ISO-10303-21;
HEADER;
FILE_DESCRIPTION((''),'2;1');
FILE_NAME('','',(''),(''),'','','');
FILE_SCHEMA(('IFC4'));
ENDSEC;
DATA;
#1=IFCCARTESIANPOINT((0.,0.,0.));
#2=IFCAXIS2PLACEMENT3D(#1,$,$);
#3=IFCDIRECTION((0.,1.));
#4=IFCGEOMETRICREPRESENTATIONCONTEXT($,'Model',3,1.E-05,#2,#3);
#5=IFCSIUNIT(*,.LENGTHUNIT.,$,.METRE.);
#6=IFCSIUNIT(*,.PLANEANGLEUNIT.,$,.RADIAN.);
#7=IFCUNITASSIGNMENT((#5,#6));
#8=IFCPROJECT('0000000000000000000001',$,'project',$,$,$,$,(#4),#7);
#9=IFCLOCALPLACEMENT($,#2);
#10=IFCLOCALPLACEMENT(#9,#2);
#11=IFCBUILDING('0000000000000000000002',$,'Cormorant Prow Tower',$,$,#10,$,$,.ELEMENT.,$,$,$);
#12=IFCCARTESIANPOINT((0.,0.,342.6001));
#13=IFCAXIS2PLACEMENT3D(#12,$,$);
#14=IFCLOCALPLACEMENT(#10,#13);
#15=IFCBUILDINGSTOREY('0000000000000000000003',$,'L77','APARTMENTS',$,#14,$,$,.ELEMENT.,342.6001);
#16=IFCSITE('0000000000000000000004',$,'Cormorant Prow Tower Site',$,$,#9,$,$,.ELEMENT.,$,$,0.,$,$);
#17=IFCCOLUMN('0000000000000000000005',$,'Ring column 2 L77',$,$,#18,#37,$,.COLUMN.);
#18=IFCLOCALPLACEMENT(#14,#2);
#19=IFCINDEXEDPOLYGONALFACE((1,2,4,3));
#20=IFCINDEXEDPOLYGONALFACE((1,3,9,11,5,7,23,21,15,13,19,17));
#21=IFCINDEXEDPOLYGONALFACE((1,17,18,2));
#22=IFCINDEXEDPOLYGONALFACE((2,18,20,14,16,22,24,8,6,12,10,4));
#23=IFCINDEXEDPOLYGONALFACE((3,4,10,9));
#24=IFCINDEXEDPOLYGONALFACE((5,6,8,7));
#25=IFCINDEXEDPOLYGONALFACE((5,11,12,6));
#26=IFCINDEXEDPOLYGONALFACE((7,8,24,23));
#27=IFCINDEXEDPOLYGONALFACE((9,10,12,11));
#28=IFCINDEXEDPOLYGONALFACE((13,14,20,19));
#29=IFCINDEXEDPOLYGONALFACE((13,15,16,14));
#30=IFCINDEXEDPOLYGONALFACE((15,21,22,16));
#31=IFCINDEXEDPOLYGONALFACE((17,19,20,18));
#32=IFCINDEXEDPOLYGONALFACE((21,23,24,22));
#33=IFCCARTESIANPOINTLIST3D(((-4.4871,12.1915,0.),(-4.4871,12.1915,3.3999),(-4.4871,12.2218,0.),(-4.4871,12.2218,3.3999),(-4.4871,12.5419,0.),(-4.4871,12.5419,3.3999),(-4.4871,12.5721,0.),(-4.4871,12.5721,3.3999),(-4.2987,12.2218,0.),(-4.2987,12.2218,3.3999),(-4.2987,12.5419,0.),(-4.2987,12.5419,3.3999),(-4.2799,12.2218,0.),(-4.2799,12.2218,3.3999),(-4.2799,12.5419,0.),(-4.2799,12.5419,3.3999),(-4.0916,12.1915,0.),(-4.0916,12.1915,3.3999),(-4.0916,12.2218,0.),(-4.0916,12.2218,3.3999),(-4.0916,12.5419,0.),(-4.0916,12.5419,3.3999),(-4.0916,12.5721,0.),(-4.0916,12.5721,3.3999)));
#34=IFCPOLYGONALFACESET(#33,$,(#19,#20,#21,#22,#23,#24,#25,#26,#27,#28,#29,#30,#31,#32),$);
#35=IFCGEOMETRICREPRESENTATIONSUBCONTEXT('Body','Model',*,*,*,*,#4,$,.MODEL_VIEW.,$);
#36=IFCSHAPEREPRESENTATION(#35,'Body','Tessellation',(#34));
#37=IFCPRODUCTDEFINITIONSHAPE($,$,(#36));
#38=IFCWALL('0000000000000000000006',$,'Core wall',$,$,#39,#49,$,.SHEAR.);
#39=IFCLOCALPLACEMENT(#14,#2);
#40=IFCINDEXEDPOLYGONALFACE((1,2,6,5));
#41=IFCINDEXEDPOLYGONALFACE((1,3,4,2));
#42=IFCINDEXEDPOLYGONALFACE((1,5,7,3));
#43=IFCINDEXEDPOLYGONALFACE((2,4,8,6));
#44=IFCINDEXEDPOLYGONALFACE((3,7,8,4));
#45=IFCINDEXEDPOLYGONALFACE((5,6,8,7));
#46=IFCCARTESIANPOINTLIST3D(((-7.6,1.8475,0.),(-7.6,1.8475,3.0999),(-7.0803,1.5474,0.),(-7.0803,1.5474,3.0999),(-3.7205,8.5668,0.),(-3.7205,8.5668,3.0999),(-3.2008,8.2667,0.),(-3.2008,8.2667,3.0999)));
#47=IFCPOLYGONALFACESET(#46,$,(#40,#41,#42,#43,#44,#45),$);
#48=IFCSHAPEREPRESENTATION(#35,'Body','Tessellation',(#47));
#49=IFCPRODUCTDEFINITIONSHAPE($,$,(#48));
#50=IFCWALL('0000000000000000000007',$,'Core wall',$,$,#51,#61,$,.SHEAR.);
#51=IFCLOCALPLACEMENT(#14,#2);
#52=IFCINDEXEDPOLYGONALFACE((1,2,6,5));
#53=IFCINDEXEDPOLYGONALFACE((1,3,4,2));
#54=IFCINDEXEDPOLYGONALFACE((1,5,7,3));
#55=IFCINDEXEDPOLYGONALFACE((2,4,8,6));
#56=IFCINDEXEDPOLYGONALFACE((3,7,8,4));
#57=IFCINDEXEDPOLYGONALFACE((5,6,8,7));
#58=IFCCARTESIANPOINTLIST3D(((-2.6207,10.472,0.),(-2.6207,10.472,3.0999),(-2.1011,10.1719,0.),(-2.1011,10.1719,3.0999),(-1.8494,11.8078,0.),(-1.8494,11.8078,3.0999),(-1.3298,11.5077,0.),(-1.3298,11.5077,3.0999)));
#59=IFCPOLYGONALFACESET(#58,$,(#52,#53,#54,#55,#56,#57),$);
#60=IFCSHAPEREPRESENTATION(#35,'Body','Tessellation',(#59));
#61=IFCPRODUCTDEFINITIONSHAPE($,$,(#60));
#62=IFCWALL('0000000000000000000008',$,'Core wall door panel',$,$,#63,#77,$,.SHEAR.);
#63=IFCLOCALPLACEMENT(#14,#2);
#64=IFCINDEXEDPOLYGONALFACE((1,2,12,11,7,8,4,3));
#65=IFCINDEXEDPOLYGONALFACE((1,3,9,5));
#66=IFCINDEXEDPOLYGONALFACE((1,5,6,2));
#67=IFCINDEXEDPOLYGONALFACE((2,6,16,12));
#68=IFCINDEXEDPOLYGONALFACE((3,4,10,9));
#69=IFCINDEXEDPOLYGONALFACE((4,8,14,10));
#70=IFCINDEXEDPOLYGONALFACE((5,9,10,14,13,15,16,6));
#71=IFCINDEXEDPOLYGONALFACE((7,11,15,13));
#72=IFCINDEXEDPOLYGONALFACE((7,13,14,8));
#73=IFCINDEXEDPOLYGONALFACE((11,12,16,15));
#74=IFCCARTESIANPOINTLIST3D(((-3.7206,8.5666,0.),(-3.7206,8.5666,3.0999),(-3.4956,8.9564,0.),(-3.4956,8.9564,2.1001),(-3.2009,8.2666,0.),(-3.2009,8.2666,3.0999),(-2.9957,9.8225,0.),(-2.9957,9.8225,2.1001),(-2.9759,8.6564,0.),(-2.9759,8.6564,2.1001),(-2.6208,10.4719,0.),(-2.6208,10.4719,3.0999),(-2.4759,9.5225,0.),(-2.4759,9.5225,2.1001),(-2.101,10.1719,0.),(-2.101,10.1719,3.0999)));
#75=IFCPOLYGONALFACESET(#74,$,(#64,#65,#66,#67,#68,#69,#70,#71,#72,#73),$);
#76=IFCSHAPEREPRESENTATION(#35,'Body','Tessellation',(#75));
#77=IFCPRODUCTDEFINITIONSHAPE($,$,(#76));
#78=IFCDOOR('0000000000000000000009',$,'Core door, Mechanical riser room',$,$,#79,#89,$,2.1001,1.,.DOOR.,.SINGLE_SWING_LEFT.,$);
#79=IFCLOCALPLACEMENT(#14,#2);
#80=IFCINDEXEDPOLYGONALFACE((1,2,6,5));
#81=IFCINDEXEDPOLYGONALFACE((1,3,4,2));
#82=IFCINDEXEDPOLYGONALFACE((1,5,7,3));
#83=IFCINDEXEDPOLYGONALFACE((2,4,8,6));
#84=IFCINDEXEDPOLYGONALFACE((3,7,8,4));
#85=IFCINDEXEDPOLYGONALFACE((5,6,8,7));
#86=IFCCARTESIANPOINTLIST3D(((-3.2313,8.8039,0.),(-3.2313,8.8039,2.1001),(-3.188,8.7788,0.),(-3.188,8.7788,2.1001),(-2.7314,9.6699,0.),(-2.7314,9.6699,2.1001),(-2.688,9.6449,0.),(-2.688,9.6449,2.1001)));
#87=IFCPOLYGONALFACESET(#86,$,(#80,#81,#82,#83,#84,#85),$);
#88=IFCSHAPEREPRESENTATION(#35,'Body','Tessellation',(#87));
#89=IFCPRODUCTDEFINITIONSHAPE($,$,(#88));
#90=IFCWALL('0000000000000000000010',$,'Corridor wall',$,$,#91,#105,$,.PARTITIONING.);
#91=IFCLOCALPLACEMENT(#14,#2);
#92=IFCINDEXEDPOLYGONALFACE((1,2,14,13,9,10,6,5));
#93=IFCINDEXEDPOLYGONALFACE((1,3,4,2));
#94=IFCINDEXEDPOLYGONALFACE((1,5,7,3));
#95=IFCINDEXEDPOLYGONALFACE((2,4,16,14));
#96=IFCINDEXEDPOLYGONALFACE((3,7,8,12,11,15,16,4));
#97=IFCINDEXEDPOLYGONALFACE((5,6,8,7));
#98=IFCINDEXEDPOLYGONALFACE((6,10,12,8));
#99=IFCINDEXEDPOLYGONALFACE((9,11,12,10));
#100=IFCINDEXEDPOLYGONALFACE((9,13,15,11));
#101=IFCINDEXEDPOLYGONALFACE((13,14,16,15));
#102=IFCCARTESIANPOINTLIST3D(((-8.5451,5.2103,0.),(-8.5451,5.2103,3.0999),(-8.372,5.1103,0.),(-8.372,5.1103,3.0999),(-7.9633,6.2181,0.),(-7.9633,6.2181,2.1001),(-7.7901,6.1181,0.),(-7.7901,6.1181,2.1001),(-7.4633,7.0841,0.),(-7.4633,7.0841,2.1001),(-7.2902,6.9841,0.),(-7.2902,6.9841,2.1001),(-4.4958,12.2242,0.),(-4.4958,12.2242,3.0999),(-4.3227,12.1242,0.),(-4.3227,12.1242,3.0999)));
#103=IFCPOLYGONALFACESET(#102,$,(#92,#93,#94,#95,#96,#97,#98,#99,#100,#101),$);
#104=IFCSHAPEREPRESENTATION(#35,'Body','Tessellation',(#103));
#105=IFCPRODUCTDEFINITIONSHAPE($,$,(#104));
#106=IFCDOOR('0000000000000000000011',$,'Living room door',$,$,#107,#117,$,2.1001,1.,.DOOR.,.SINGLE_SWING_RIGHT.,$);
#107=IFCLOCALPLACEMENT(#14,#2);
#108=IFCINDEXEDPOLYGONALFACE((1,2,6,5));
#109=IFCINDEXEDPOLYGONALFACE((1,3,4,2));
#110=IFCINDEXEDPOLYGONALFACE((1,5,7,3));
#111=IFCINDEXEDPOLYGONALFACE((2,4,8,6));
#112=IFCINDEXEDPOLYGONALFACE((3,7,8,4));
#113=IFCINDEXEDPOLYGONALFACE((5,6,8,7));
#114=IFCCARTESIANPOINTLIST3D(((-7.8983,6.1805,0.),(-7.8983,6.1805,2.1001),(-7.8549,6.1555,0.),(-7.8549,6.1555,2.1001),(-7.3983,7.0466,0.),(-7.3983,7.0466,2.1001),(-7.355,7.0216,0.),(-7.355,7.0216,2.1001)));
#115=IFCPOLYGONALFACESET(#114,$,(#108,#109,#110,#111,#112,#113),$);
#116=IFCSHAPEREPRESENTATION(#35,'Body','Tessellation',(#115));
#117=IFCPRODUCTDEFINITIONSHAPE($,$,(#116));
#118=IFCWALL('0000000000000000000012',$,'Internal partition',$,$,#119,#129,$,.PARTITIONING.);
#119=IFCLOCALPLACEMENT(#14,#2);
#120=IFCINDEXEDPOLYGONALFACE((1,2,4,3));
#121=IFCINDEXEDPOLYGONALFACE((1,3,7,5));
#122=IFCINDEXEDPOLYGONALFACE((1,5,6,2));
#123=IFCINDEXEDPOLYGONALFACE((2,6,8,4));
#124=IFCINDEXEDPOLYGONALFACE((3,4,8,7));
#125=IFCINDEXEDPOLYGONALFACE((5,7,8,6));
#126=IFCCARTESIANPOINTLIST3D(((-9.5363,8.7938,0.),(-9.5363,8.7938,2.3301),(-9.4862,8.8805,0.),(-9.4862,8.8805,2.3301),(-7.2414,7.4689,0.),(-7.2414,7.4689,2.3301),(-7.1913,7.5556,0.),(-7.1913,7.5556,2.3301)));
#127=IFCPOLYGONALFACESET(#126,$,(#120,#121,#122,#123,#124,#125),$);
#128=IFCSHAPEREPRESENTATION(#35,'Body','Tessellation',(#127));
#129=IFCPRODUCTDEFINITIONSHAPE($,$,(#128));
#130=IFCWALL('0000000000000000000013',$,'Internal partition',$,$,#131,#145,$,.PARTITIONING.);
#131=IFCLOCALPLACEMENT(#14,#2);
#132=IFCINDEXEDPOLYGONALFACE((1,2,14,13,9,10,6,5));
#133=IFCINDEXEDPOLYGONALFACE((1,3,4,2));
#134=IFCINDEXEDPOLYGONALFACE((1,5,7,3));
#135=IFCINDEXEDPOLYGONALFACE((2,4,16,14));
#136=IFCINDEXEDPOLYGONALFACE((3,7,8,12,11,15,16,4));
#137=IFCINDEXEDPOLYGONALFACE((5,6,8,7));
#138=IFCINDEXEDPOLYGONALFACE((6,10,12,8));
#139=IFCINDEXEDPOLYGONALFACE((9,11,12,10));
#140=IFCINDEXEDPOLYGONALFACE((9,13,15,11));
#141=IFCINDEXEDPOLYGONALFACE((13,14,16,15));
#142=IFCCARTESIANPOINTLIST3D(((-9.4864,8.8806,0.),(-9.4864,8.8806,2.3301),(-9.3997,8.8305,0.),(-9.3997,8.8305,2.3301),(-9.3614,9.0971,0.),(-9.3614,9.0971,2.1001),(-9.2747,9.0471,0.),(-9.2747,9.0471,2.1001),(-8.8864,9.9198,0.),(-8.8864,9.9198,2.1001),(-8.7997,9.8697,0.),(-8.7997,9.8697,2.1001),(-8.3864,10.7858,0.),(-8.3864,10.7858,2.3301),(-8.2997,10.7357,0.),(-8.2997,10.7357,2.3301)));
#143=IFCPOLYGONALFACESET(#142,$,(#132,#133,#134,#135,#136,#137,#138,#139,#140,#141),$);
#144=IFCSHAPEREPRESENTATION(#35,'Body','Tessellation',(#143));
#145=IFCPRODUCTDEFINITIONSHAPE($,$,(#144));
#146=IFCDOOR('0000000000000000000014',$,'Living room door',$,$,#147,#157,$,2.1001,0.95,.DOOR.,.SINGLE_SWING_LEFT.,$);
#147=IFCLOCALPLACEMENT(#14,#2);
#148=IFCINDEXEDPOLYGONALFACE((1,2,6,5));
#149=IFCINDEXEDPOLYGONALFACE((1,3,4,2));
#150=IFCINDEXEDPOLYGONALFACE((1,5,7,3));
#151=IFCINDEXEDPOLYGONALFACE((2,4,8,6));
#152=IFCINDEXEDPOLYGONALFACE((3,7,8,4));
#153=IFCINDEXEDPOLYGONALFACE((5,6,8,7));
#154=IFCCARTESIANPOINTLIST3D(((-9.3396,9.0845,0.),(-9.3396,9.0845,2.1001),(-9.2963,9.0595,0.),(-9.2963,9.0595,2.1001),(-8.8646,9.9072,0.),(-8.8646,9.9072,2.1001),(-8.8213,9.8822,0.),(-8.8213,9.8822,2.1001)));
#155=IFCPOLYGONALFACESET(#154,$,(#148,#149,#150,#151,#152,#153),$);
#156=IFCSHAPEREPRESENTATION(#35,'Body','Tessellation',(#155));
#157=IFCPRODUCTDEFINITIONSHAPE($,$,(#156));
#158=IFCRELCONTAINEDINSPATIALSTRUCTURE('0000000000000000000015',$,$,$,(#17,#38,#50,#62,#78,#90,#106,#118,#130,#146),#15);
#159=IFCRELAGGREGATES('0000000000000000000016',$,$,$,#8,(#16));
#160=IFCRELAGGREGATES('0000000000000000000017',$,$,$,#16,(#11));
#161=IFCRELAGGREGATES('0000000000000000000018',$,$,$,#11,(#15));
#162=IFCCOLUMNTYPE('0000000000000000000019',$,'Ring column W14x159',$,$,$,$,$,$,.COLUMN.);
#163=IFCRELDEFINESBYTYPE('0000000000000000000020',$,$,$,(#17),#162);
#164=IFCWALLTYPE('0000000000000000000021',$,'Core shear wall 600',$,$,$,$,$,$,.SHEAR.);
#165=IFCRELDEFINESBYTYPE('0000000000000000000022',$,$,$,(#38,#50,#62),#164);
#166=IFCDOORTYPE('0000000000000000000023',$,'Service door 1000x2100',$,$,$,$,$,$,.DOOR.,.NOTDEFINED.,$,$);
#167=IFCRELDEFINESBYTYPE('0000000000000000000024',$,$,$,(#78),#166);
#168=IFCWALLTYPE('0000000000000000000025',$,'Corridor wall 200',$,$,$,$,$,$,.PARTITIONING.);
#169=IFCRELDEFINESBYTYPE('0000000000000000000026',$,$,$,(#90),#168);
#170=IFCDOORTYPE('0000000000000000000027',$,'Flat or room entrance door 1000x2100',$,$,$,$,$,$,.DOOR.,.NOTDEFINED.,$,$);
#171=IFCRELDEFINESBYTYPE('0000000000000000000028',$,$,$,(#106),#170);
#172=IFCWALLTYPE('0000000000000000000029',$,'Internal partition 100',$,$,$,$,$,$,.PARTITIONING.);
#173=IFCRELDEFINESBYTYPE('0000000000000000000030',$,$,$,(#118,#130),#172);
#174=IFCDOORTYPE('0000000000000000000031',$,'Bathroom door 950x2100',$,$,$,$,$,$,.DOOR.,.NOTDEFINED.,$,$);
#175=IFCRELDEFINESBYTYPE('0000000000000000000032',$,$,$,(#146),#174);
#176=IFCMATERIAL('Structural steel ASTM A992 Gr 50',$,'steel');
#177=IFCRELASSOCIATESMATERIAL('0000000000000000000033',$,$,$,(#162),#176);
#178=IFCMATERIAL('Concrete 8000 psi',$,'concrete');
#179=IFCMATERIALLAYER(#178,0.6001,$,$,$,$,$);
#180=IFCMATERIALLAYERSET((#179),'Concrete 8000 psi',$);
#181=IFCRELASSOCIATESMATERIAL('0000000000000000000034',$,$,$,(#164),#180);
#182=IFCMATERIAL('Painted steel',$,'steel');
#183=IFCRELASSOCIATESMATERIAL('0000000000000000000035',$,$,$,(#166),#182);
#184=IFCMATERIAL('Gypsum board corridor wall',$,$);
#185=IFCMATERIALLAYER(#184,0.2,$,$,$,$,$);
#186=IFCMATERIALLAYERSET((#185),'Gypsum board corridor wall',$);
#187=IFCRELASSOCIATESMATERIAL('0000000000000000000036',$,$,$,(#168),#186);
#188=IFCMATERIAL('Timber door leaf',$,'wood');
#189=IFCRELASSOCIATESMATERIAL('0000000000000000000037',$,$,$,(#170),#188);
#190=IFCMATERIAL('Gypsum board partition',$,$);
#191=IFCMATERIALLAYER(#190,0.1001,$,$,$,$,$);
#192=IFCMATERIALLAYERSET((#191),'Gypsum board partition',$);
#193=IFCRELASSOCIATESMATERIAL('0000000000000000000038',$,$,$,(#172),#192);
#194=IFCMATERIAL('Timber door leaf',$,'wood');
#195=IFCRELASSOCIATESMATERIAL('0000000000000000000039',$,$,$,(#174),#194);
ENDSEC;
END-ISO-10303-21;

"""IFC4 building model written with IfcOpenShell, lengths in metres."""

from ifc_helpers import new_model, si_unit, direction, frame, frame_2d, origin, origin_2d, place, context, subcontext, project, spatial, rectangle, i_section, extrude, material, layer, layer_set, material_profile, profile_set, type_object, element, fill, save


model = new_model("IFC4")

# Units and contexts
model_context = context("Model", 3, precision=1e-05, world=origin(), true_north=direction((0.0, 1.0)))
body_context = subcontext(model_context, "Body", "Model", "MODEL_VIEW")
ifc_project = project(units=[si_unit("LENGTHUNIT", "METRE"), si_unit("PLANEANGLEUNIT", "RADIAN")], contexts=[model_context])

# Site, building, storey
site_placement = place(None, origin())
site = spatial("IfcSite", under=ifc_project, at=site_placement, Name="Cormorant Prow Tower Site", CompositionType="ELEMENT", RefElevation=0.0)
building_placement = place(site_placement, origin())
building = spatial("IfcBuilding", under=site, at=building_placement, Name="Cormorant Prow Tower", CompositionType="ELEMENT")
storey_placement = place(building_placement, frame((0.0, 0.0, 342.6001)))
storey = spatial("IfcBuildingStorey", under=building, at=storey_placement, Name="L77", Description="APARTMENTS", CompositionType="ELEMENT", Elevation=342.6001)

# Column
ifc_material_1 = material(Name="Structural steel ASTM A992 Gr 50", Category="steel")
ifc_material_profile = material_profile(ifc_material_1, i_section(OverallWidth=0.3955, OverallDepth=0.3806, WebThickness=0.0188, FlangeThickness=0.0303, at=origin_2d()), Name="W14x159")
ifc_profile_set = profile_set([ifc_material_profile], Name="Structural steel ASTM A992 Gr 50")
column_type = type_object("IfcColumnType", Name="Ring column W14x159", PredefinedType="COLUMN", material=ifc_profile_set)
column_placement = place(storey_placement, frame((-4.2893, 12.3818, 0.0), z_axis=(0.0, 0.0, 1.0), x_axis=(1.0, 0.0, 0.0)))
element("IfcColumn", 1, at=column_placement, inside=storey, type_object=column_type, Name="Ring column 2 L77", PredefinedType="COLUMN", context=body_context, shape_type="SweptSolid", body=[
    extrude(i_section(OverallWidth=0.3955, OverallDepth=0.3806, WebThickness=0.0188, FlangeThickness=0.0303, at=origin_2d()), origin(), (0.0, 0.0, 1.0), 3.3999),
])

# Walls
ifc_material_2 = material(Name="Concrete 8000 psi", Category="concrete")
ifc_layer_1 = layer(ifc_material_2, 0.6001)
ifc_layer_set_1 = layer_set([ifc_layer_1], Name="Concrete 8000 psi")
wall_type_1 = type_object("IfcWallType", Name="Core shear wall 600", PredefinedType="SHEAR", material=ifc_layer_set_1)
wall_1_placement = place(storey_placement, frame((-3.4607, 8.4167, 0.0), z_axis=(0.0, 0.0, 1.0), x_axis=(-0.500004, -0.866023, 0.0)))
element("IfcWall", 2, at=wall_1_placement, inside=storey, type_object=wall_type_1, Name="Core wall", PredefinedType="SHEAR", context=body_context, shape_type="SweptSolid", body=[
    extrude(rectangle(XDim=7.7588, YDim=0.6001, at=frame_2d((3.8794, 0.0))), origin(), (0.0, 0.0, 1.0), 3.0999),
])
wall_2_placement = place(storey_placement, frame((-1.5896, 11.6577, 0.0), z_axis=(0.0, 0.0, 1.0), x_axis=(-0.500038, -0.866004, 0.0)))
element("IfcWall", 3, at=wall_2_placement, inside=storey, type_object=wall_type_1, Name="Core wall", PredefinedType="SHEAR", context=body_context, shape_type="SweptSolid", body=[
    extrude(rectangle(XDim=1.5425, YDim=0.6001, at=frame_2d((0.7712, 0.0))), origin(), (0.0, 0.0, 1.0), 3.0999),
])

# Walls, openings, doors
wall_3_placement = place(storey_placement, frame((-2.3608, 10.322, 0.0), z_axis=(0.0, 0.0, 1.0), x_axis=(-0.499947, -0.866056, 0.0)))
wall_3 = element("IfcWall", 4, at=wall_3_placement, inside=storey, type_object=wall_type_1, Name="Core wall door panel", PredefinedType="SHEAR", context=body_context, shape_type="SweptSolid", body=[
    extrude(rectangle(XDim=2.2, YDim=0.6001, at=frame_2d((1.1001, 0.0))), origin(), (0.0, 0.0, 1.0), 3.0999),
])
opening_1_placement = place(wall_3_placement, frame((0.75, 0.0, 0.0)))
opening_1 = element("IfcOpeningElement", 5, at=opening_1_placement, cuts=wall_3, PredefinedType="OPENING", context=body_context, shape_type="SweptSolid", body=[
    extrude(rectangle(XDim=1.0, YDim=2.1001, at=frame_2d((0.5, 1.05))), frame((0.0, 0.3101, 0.0), z_axis=(0.0, -1.0, 0.0), x_axis=(1.0, 0.0, 0.0)), (0.0, 0.0, 1.0), 0.6201),
])
ifc_material_3 = material(Name="Painted steel", Category="steel")
door_type_1 = type_object("IfcDoorType", Name="Service door 1000x2100", OperationType="NOTDEFINED", PredefinedType="DOOR", material=ifc_material_3)
door_1_placement = place(opening_1_placement, origin())
door_1 = element("IfcDoor", 6, at=door_1_placement, inside=storey, type_object=door_type_1, Name="Core door, Mechanical riser room", OperationType="SINGLE_SWING_LEFT", OverallHeight=2.1001, OverallWidth=1.0, PredefinedType="DOOR", context=body_context, shape_type="SweptSolid", body=[
    extrude(rectangle(XDim=1.0, YDim=2.1001, at=frame_2d((0.5, 1.05))), frame((0.0, 0.0552, 0.0), z_axis=(0.0, -1.0, 0.0), x_axis=(1.0, 0.0, 0.0)), (0.0, 0.0, 1.0), 0.05),
])
fill(opening_1, door_1)
ifc_material_4 = material(Name="Gypsum board corridor wall")
ifc_layer_2 = layer(ifc_material_4, 0.2)
ifc_layer_set_2 = layer_set([ifc_layer_2], Name="Gypsum board corridor wall")
wall_type_2 = type_object("IfcWallType", Name="Corridor wall 200", PredefinedType="PARTITIONING", material=ifc_layer_set_2)
wall_4_placement = place(storey_placement, frame((-8.4585, 5.1604, 0.0), z_axis=(0.0, 0.0, 1.0), x_axis=(0.499984, 0.866034, 0.0)))
wall_4 = element("IfcWall", 7, at=wall_4_placement, inside=storey, type_object=wall_type_2, Name="Corridor wall", PredefinedType="PARTITIONING", context=body_context, shape_type="SweptSolid", body=[
    extrude(rectangle(XDim=8.0989, YDim=0.2, at=frame_2d((4.0493, 0.0))), origin(), (0.0, 0.0, 1.0), 3.0999),
])
opening_2_placement = place(wall_4_placement, frame((1.1636, 0.0, 0.0)))
opening_2 = element("IfcOpeningElement", 8, at=opening_2_placement, cuts=wall_4, PredefinedType="OPENING", context=body_context, shape_type="SweptSolid", body=[
    extrude(rectangle(XDim=1.0, YDim=2.1001, at=frame_2d((0.5, 1.05))), frame((0.0, 0.1099, 0.0), z_axis=(0.0, -1.0, 0.0), x_axis=(1.0, 0.0, 0.0)), (0.0, 0.0, 1.0), 0.22),
])
ifc_material_5 = material(Name="Timber door leaf", Category="wood")
door_type_2 = type_object("IfcDoorType", Name="Flat or room entrance door 1000x2100", OperationType="NOTDEFINED", PredefinedType="DOOR", material=ifc_material_5)
door_2_placement = place(opening_2_placement, origin())
door_2 = element("IfcDoor", 9, at=door_2_placement, inside=storey, type_object=door_type_2, Name="Living room door", OperationType="SINGLE_SWING_RIGHT", OverallHeight=2.1001, OverallWidth=1.0, PredefinedType="DOOR", context=body_context, shape_type="SweptSolid", body=[
    extrude(rectangle(XDim=1.0, YDim=2.1001, at=frame_2d((0.5, 1.05))), frame((0.0, 0.0249, 0.0), z_axis=(0.0, -1.0, 0.0), x_axis=(1.0, 0.0, 0.0)), (0.0, 0.0, 1.0), 0.05),
])
fill(opening_2, door_2)

# Wall
ifc_material_6 = material(Name="Gypsum board partition")
ifc_layer_3 = layer(ifc_material_6, 0.1001)
ifc_layer_set_3 = layer_set([ifc_layer_3], Name="Gypsum board partition")
wall_type_3 = type_object("IfcWallType", Name="Internal partition 100", PredefinedType="PARTITIONING", material=ifc_layer_set_3)
wall_5_placement = place(storey_placement, frame((-9.5112, 8.8372, 0.0), z_axis=(0.0, 0.0, 1.0), x_axis=(0.866029, -0.499994, 0.0)))
element("IfcWall", 10, at=wall_5_placement, inside=storey, type_object=wall_type_3, Name="Internal partition", PredefinedType="PARTITIONING", context=body_context, shape_type="SweptSolid", body=[
    extrude(rectangle(XDim=2.6499, YDim=0.1001, at=frame_2d((1.325, 0.0))), origin(), (0.0, 0.0, 1.0), 2.3301),
])

# Wall, opening, door
wall_6_placement = place(storey_placement, frame((-9.4431, 8.8555, 0.0), z_axis=(0.0, 0.0, 1.0), x_axis=(0.50003, 0.866008, 0.0)))
wall_6 = element("IfcWall", 11, at=wall_6_placement, inside=storey, type_object=wall_type_3, Name="Internal partition", PredefinedType="PARTITIONING", context=body_context, shape_type="SweptSolid", body=[
    extrude(rectangle(XDim=2.2, YDim=0.1001, at=frame_2d((1.1001, 0.0))), origin(), (0.0, 0.0, 1.0), 2.3301),
])
opening_3_placement = place(wall_6_placement, frame((0.25, 0.0, 0.0)))
opening_3 = element("IfcOpeningElement", 12, at=opening_3_placement, cuts=wall_6, PredefinedType="OPENING", context=body_context, shape_type="SweptSolid", body=[
    extrude(rectangle(XDim=0.95, YDim=2.1001, at=frame_2d((0.4751, 1.05))), frame((0.0, 0.0601, 0.0), z_axis=(0.0, -1.0, 0.0), x_axis=(1.0, 0.0, 0.0)), (0.0, 0.0, 1.0), 0.1201),
])
ifc_material_7 = material(Name="Timber door leaf", Category="wood")
door_type_3 = type_object("IfcDoorType", Name="Bathroom door 950x2100", OperationType="NOTDEFINED", PredefinedType="DOOR", material=ifc_material_7)
door_3_placement = place(opening_3_placement, origin())
door_3 = element("IfcDoor", 13, at=door_3_placement, inside=storey, type_object=door_type_3, Name="Living room door", OperationType="SINGLE_SWING_LEFT", OverallHeight=2.1001, OverallWidth=0.95, PredefinedType="DOOR", context=body_context, shape_type="SweptSolid", body=[
    extrude(rectangle(XDim=0.95, YDim=2.1001, at=frame_2d((0.4751, 1.05))), frame((0.0, 0.0249, 0.0), z_axis=(0.0, -1.0, 0.0), x_axis=(1.0, 0.0, 0.0)), (0.0, 0.0, 1.0), 0.05),
])
fill(opening_3, door_3)

save(model, "model.ifc")
